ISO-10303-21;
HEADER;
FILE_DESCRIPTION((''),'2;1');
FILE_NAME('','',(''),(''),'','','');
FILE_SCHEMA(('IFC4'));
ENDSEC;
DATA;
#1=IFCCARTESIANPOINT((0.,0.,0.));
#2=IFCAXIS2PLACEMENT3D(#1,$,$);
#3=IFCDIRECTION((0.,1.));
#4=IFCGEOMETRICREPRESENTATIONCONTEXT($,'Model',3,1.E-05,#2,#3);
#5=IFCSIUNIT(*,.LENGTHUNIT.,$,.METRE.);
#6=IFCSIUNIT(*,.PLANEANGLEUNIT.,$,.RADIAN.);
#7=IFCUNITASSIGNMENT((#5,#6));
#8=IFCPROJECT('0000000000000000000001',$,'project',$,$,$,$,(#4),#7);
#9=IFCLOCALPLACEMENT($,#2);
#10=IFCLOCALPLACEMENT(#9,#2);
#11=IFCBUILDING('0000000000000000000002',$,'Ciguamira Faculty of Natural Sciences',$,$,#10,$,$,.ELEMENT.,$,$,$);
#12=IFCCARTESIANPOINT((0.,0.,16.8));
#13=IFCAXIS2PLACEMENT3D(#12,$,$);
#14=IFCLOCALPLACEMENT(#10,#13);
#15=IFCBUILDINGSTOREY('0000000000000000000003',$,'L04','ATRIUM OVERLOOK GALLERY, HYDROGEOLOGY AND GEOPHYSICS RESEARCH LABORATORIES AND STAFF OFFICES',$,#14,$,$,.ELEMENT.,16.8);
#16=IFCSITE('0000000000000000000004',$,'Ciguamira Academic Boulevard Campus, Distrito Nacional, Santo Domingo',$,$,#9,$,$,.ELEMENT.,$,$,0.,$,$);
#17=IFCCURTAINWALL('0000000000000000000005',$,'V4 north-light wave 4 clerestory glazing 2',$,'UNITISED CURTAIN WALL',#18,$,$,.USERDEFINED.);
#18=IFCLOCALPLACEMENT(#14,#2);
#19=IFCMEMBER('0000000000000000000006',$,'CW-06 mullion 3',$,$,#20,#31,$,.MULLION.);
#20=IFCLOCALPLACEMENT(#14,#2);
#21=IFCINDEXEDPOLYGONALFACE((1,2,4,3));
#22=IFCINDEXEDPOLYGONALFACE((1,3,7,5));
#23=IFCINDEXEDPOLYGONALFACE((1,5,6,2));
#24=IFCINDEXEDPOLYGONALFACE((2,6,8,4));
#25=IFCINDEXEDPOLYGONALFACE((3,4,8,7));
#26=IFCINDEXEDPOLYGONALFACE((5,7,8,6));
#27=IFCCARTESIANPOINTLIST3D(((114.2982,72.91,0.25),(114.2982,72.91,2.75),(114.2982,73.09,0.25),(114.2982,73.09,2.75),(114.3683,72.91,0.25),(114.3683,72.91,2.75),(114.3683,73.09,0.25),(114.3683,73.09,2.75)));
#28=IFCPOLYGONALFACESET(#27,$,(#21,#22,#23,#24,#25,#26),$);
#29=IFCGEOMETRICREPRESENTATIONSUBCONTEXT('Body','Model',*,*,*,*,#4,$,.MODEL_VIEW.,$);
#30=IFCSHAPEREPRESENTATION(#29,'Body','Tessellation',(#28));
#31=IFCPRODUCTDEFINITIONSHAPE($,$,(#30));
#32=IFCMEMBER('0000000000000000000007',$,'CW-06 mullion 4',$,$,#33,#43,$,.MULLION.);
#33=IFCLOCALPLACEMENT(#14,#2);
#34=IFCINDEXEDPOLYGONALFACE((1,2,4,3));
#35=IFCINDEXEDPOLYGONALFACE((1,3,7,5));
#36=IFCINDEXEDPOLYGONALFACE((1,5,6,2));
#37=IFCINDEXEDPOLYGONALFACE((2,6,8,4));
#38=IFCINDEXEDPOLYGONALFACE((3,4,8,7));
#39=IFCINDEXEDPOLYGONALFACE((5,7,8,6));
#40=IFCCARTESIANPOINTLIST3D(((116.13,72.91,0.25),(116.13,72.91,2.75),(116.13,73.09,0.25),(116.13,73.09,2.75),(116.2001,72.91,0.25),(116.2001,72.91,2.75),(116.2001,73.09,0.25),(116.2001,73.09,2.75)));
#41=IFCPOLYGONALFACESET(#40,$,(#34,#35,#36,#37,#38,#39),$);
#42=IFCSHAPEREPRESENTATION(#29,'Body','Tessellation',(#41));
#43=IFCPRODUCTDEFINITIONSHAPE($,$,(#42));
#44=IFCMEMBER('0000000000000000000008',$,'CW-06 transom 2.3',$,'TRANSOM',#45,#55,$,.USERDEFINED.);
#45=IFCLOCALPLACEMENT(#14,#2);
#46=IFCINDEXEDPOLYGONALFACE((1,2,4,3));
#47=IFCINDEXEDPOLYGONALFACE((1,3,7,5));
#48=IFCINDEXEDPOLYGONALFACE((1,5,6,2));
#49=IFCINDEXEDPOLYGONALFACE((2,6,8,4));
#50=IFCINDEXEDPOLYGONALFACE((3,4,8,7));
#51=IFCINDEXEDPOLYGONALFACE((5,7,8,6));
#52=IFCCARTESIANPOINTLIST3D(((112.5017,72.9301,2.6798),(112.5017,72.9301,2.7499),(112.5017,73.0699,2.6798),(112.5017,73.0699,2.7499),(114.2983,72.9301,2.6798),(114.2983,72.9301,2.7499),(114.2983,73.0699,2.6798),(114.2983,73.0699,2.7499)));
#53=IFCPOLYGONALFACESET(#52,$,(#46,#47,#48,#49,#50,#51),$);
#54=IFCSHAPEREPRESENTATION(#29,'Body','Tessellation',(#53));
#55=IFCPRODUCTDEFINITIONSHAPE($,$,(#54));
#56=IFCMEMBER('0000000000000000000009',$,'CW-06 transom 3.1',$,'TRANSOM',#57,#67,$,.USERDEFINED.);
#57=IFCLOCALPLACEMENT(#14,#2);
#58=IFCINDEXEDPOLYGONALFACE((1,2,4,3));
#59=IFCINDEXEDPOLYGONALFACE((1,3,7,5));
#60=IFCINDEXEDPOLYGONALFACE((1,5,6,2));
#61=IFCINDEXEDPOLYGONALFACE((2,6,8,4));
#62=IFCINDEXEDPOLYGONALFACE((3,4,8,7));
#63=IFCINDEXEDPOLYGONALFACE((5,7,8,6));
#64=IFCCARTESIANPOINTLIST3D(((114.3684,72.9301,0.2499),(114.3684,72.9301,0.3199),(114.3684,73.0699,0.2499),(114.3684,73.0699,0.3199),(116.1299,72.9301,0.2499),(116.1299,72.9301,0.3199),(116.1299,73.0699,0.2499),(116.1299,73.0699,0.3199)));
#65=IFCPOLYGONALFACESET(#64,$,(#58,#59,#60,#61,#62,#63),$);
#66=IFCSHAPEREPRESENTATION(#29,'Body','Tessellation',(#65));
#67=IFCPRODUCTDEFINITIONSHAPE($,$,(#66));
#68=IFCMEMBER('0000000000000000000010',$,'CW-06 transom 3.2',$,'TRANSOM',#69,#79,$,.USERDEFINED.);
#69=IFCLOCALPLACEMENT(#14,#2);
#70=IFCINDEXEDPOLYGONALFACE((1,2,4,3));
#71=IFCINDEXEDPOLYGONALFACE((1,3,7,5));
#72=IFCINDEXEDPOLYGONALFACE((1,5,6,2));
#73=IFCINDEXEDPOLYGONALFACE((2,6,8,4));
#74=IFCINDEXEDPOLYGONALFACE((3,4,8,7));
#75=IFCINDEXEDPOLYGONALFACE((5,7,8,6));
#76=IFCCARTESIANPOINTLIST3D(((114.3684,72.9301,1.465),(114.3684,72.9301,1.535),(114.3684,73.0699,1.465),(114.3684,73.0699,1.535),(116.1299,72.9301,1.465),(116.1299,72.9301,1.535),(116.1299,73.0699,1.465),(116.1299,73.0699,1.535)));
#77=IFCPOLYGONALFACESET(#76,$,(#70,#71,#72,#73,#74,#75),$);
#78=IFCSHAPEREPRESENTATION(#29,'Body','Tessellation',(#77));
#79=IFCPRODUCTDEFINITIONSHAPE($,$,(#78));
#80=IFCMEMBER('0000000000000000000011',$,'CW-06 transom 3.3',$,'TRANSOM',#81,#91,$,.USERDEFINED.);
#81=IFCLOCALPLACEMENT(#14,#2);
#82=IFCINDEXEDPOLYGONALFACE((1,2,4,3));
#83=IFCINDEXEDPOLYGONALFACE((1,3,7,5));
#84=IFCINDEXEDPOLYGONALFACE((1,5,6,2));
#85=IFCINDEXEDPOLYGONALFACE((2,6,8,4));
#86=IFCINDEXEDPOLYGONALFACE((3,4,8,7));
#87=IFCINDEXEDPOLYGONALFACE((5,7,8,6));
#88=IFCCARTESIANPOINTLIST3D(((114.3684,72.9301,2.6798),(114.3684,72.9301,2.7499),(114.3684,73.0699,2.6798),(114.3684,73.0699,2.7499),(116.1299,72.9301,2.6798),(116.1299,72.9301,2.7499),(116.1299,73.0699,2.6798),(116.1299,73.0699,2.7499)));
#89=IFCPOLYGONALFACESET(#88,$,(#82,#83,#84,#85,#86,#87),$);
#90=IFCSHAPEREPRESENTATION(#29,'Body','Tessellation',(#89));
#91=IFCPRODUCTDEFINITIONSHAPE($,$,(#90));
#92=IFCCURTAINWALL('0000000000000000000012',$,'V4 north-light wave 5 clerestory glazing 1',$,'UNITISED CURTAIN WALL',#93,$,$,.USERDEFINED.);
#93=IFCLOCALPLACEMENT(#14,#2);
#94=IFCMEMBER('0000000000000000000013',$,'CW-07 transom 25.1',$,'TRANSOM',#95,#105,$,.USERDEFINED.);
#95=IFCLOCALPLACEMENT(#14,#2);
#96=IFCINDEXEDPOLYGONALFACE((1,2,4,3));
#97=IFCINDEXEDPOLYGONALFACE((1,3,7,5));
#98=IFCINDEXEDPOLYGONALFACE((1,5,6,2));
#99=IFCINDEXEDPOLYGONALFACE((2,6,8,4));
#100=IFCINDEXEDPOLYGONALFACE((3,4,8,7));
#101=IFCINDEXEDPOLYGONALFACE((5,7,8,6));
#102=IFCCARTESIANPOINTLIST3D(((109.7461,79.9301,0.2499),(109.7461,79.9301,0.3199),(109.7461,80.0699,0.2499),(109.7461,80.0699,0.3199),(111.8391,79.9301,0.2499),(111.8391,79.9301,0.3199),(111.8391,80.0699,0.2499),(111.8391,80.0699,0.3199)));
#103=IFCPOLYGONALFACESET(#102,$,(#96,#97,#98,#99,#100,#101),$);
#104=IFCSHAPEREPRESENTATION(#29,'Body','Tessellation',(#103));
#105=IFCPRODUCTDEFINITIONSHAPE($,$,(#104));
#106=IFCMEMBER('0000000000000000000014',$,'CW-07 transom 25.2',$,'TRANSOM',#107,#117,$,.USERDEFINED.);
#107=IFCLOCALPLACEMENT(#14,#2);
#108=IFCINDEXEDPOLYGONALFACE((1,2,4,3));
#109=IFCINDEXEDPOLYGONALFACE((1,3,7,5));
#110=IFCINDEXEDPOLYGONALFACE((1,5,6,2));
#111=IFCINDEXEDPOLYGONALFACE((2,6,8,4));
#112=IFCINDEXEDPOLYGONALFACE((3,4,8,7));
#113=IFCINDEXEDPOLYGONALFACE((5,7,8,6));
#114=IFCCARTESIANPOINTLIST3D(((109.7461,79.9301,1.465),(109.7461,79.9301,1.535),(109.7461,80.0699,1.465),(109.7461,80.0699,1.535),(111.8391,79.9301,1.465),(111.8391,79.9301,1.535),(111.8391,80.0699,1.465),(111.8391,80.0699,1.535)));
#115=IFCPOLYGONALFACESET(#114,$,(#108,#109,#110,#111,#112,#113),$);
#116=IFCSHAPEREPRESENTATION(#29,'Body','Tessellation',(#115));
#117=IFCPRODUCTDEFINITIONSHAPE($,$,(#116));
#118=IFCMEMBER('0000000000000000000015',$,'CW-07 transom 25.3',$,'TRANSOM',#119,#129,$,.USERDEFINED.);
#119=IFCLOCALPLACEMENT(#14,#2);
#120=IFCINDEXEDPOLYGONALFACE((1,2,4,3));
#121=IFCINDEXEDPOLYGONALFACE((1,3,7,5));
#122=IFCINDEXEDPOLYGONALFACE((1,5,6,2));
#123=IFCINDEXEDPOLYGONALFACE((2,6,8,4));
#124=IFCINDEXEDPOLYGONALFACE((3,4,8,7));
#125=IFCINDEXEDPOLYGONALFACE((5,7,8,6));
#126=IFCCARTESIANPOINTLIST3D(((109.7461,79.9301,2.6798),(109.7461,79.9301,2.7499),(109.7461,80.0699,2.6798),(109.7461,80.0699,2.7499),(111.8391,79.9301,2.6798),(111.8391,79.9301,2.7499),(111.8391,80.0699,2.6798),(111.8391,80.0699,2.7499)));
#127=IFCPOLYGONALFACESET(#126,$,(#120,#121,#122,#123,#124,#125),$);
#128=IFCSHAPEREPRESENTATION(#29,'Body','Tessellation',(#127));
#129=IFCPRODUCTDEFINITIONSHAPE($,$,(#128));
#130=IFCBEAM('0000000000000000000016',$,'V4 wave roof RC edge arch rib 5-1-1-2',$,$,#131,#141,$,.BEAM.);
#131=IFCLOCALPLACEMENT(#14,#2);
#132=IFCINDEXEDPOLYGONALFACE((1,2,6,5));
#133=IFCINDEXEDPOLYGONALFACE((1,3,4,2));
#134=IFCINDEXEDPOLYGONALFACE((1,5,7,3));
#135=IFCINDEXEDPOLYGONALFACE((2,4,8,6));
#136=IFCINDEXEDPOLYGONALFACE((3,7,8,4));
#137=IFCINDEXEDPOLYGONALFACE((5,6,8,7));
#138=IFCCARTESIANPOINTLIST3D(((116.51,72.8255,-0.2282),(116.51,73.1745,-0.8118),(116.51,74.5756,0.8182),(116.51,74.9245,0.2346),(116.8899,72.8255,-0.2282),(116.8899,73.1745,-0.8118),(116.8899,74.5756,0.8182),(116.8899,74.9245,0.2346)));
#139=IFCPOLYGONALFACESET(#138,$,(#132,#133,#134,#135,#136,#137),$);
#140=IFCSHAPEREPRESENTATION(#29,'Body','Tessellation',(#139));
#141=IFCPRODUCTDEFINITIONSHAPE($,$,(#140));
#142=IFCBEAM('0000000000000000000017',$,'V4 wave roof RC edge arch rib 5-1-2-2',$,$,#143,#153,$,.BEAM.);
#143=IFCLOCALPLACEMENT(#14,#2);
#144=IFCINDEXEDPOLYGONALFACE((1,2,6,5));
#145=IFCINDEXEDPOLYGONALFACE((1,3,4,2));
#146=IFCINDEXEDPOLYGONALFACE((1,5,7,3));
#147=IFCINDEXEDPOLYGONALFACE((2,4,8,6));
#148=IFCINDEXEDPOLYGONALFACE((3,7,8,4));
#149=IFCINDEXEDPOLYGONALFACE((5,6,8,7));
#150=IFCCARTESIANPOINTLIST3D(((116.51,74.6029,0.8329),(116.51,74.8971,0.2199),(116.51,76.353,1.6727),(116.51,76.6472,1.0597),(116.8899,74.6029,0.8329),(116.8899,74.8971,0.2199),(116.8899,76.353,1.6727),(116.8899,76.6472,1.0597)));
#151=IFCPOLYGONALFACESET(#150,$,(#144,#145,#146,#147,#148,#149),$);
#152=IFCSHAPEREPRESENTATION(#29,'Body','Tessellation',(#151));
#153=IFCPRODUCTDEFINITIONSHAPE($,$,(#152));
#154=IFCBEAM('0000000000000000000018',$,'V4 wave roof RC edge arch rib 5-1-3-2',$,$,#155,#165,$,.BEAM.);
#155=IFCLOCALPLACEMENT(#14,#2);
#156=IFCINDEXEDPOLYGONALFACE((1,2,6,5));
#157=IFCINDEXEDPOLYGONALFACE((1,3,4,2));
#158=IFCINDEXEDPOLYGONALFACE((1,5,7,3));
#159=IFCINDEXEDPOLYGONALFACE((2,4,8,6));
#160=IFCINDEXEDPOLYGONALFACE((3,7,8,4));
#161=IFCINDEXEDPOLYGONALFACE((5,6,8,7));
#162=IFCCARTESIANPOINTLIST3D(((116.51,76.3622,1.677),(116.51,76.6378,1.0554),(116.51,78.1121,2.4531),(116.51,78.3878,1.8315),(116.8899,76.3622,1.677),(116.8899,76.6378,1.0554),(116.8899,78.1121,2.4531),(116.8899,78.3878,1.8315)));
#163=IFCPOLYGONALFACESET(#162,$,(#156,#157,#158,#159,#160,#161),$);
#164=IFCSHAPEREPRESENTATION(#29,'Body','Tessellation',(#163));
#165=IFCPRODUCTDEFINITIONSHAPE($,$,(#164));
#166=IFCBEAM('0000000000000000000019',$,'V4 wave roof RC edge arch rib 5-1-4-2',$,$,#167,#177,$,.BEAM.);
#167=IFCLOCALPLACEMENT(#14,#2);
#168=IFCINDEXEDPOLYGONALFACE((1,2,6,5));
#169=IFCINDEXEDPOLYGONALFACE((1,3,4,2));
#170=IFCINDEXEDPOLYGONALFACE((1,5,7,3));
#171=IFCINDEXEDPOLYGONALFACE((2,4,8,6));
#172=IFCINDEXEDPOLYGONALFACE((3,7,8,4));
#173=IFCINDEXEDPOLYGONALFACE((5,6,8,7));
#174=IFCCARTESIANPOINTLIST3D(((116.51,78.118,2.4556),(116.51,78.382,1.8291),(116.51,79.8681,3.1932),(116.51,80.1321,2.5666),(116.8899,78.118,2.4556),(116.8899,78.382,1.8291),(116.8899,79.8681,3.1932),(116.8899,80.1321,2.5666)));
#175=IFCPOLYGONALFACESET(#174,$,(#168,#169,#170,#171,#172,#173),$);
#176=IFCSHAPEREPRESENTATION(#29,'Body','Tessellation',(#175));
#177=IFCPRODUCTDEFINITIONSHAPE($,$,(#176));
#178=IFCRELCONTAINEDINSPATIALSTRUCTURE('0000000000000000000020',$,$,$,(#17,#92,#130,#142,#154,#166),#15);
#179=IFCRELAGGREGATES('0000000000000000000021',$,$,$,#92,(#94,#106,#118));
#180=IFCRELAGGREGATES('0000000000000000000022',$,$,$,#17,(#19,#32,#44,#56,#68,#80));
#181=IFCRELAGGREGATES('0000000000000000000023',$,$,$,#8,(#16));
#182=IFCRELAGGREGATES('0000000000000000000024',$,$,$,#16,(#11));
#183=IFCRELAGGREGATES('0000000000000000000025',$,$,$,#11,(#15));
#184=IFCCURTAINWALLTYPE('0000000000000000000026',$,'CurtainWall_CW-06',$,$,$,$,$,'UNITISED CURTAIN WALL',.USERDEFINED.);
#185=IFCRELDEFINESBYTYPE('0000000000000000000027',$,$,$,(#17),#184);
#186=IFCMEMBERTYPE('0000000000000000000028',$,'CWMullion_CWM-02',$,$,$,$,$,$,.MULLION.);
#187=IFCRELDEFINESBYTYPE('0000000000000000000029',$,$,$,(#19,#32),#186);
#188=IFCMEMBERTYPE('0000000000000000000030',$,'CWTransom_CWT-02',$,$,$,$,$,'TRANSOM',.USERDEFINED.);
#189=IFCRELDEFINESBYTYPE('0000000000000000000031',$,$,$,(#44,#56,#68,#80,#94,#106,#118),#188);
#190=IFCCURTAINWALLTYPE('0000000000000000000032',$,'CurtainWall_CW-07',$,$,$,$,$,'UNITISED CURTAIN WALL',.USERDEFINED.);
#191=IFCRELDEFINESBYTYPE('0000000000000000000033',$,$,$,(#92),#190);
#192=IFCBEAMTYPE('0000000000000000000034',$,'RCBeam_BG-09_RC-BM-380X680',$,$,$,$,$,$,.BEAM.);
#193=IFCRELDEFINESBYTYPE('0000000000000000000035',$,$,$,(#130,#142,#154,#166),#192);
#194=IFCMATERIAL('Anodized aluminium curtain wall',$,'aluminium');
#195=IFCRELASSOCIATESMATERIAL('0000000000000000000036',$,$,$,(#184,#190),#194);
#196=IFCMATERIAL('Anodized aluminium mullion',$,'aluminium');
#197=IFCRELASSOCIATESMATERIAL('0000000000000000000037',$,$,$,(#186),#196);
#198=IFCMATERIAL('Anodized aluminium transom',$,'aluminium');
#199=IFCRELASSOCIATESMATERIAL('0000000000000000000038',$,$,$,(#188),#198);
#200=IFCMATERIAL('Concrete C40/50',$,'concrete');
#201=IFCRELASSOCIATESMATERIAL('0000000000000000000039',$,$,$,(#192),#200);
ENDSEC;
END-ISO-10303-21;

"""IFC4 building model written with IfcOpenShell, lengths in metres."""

from ifc_helpers import new_model, si_unit, direction, frame, origin, origin_2d, place, context, subcontext, project, spatial, rectangle, extrude, material, material_profile, profile_set, type_object, element, aggregate, save


model = new_model("IFC4")

# Units and contexts
model_context = context("Model", 3, precision=1e-05, world=origin(), true_north=direction((0.0, 1.0)))
body_context = subcontext(model_context, "Body", "Model", "MODEL_VIEW")
ifc_project = project(units=[si_unit("LENGTHUNIT", "METRE"), si_unit("PLANEANGLEUNIT", "RADIAN")], contexts=[model_context])

# Site, building, storey
site_placement = place(None, origin())
site = spatial("IfcSite", under=ifc_project, at=site_placement, Name="Ciguamira Academic Boulevard Campus, Distrito Nacional, Santo Domingo", CompositionType="ELEMENT", RefElevation=0.0)
building_placement = place(site_placement, origin())
building = spatial("IfcBuilding", under=site, at=building_placement, Name="Ciguamira Faculty of Natural Sciences", CompositionType="ELEMENT")
storey_placement = place(building_placement, frame((0.0, 0.0, 16.8)))
storey = spatial("IfcBuildingStorey", under=building, at=storey_placement, Name="L04", Description="ATRIUM OVERLOOK GALLERY, HYDROGEOLOGY AND GEOPHYSICS RESEARCH LABORATORIES AND STAFF OFFICES", CompositionType="ELEMENT", Elevation=16.8)

# Curtain walls, members
ifc_material_1 = material(Name="Anodized aluminium curtain wall", Category="aluminium")
curtain_wall_type_1 = type_object("IfcCurtainWallType", Name="CurtainWall_CW-06", ElementType="UNITISED CURTAIN WALL", PredefinedType="USERDEFINED", material=ifc_material_1)
curtain_wall_1_placement = place(storey_placement, origin())
curtain_wall_1 = element("IfcCurtainWall", 1, at=curtain_wall_1_placement, inside=storey, type_object=curtain_wall_type_1, Name="V4 north-light wave 4 clerestory glazing 2", ObjectType="UNITISED CURTAIN WALL", PredefinedType="USERDEFINED")
ifc_material_2 = material(Name="Anodized aluminium mullion", Category="aluminium")
ifc_material_profile_1 = material_profile(ifc_material_2, rectangle(XDim=0.0701, YDim=0.1799, at=origin_2d()), Name="ALU-MUL-70X180")
ifc_profile_set_1 = profile_set([ifc_material_profile_1], Name="Anodized aluminium mullion")
member_type_1 = type_object("IfcMemberType", Name="CWMullion_CWM-02", PredefinedType="MULLION", material=ifc_profile_set_1)
member_1_placement = place(storey_placement, frame((114.3333, 73.0, 0.25), z_axis=(0.0, 0.0, 1.0), x_axis=(1.0, 0.0, 0.0)))
member_1 = element("IfcMember", 2, at=member_1_placement, type_object=member_type_1, Name="CW-06 mullion 3", PredefinedType="MULLION", context=body_context, shape_type="SweptSolid", body=[
    extrude(rectangle(XDim=0.0701, YDim=0.1799, at=origin_2d()), origin(), (0.0, 0.0, 1.0), 2.5),
])
member_2_placement = place(storey_placement, frame((116.165, 73.0, 0.25), z_axis=(0.0, 0.0, 1.0), x_axis=(1.0, 0.0, 0.0)))
member_2 = element("IfcMember", 3, at=member_2_placement, type_object=member_type_1, Name="CW-06 mullion 4", PredefinedType="MULLION", context=body_context, shape_type="SweptSolid", body=[
    extrude(rectangle(XDim=0.0701, YDim=0.1799, at=origin_2d()), origin(), (0.0, 0.0, 1.0), 2.5),
])
ifc_material_3 = material(Name="Anodized aluminium transom", Category="aluminium")
ifc_material_profile_2 = material_profile(ifc_material_3, rectangle(XDim=0.0701, YDim=0.1399, at=origin_2d()), Name="ALU-TRN-70X140")
ifc_profile_set_2 = profile_set([ifc_material_profile_2], Name="Anodized aluminium transom")
member_type_2 = type_object("IfcMemberType", Name="CWTransom_CWT-02", ElementType="TRANSOM", PredefinedType="USERDEFINED", material=ifc_profile_set_2)
member_3_placement = place(storey_placement, frame((112.5017, 73.0, 2.7148), z_axis=(1.0, 0.0, 0.0), x_axis=(0.0, 0.0, 1.0)))
member_3 = element("IfcMember", 4, at=member_3_placement, type_object=member_type_2, Name="CW-06 transom 2.3", ObjectType="TRANSOM", PredefinedType="USERDEFINED", context=body_context, shape_type="SweptSolid", body=[
    extrude(rectangle(XDim=0.0701, YDim=0.1399, at=origin_2d()), origin(), (0.0, 0.0, 1.0), 1.7966),
])
member_4_placement = place(storey_placement, frame((114.3684, 73.0, 0.2849), z_axis=(1.0, 0.0, 0.0), x_axis=(0.0, 0.0, 1.0)))
member_4 = element("IfcMember", 5, at=member_4_placement, type_object=member_type_2, Name="CW-06 transom 3.1", ObjectType="TRANSOM", PredefinedType="USERDEFINED", context=body_context, shape_type="SweptSolid", body=[
    extrude(rectangle(XDim=0.0701, YDim=0.1399, at=origin_2d()), origin(), (0.0, 0.0, 1.0), 1.7615),
])
member_5_placement = place(storey_placement, frame((114.3684, 73.0, 1.5), z_axis=(1.0, 0.0, 0.0), x_axis=(0.0, 0.0, 1.0)))
member_5 = element("IfcMember", 6, at=member_5_placement, type_object=member_type_2, Name="CW-06 transom 3.2", ObjectType="TRANSOM", PredefinedType="USERDEFINED", context=body_context, shape_type="SweptSolid", body=[
    extrude(rectangle(XDim=0.0701, YDim=0.1399, at=origin_2d()), origin(), (0.0, 0.0, 1.0), 1.7615),
])
member_6_placement = place(storey_placement, frame((114.3684, 73.0, 2.7148), z_axis=(1.0, 0.0, 0.0), x_axis=(0.0, 0.0, 1.0)))
member_6 = element("IfcMember", 7, at=member_6_placement, type_object=member_type_2, Name="CW-06 transom 3.3", ObjectType="TRANSOM", PredefinedType="USERDEFINED", context=body_context, shape_type="SweptSolid", body=[
    extrude(rectangle(XDim=0.0701, YDim=0.1399, at=origin_2d()), origin(), (0.0, 0.0, 1.0), 1.7615),
])
curtain_wall_type_2 = type_object("IfcCurtainWallType", Name="CurtainWall_CW-07", ElementType="UNITISED CURTAIN WALL", PredefinedType="USERDEFINED", material=ifc_material_1)
curtain_wall_2_placement = place(storey_placement, origin())
curtain_wall_2 = element("IfcCurtainWall", 8, at=curtain_wall_2_placement, inside=storey, type_object=curtain_wall_type_2, Name="V4 north-light wave 5 clerestory glazing 1", ObjectType="UNITISED CURTAIN WALL", PredefinedType="USERDEFINED")
member_7_placement = place(storey_placement, frame((109.7461, 80.0, 0.2849), z_axis=(1.0, 0.0, 0.0), x_axis=(0.0, 0.0, 1.0)))
member_7 = element("IfcMember", 9, at=member_7_placement, type_object=member_type_2, Name="CW-07 transom 25.1", ObjectType="TRANSOM", PredefinedType="USERDEFINED", context=body_context, shape_type="SweptSolid", body=[
    extrude(rectangle(XDim=0.0701, YDim=0.1399, at=origin_2d()), origin(), (0.0, 0.0, 1.0), 2.093),
])
member_8_placement = place(storey_placement, frame((109.7461, 80.0, 1.5), z_axis=(1.0, 0.0, 0.0), x_axis=(0.0, 0.0, 1.0)))
member_8 = element("IfcMember", 10, at=member_8_placement, type_object=member_type_2, Name="CW-07 transom 25.2", ObjectType="TRANSOM", PredefinedType="USERDEFINED", context=body_context, shape_type="SweptSolid", body=[
    extrude(rectangle(XDim=0.0701, YDim=0.1399, at=origin_2d()), origin(), (0.0, 0.0, 1.0), 2.093),
])
member_9_placement = place(storey_placement, frame((109.7461, 80.0, 2.7148), z_axis=(1.0, 0.0, 0.0), x_axis=(0.0, 0.0, 1.0)))
member_9 = element("IfcMember", 11, at=member_9_placement, type_object=member_type_2, Name="CW-07 transom 25.3", ObjectType="TRANSOM", PredefinedType="USERDEFINED", context=body_context, shape_type="SweptSolid", body=[
    extrude(rectangle(XDim=0.0701, YDim=0.1399, at=origin_2d()), origin(), (0.0, 0.0, 1.0), 2.093),
])
aggregate(curtain_wall_2, [member_7, member_8, member_9])

# Beams
ifc_material_4 = material(Name="Concrete C40/50", Category="concrete")
ifc_material_profile_3 = material_profile(ifc_material_4, rectangle(XDim=0.3799, YDim=0.6799, at=origin_2d()), Name="RC-BM-380X680")
ifc_profile_set_3 = profile_set([ifc_material_profile_3], Name="Concrete C40/50")
beam_type = type_object("IfcBeamType", Name="RCBeam_BG-09_RC-BM-380X680", PredefinedType="BEAM", material=ifc_profile_set_3)
beam_1_placement = place(storey_placement, frame((116.7, 73.0, -0.52), z_axis=(0.0, 0.858274, 0.513192), x_axis=(-1.0, 0.0, 0.0)))
element("IfcBeam", 12, at=beam_1_placement, inside=storey, type_object=beam_type, Name="V4 wave roof RC edge arch rib 5-1-1-2", PredefinedType="BEAM", context=body_context, shape_type="SweptSolid", body=[
    extrude(rectangle(XDim=0.3799, YDim=0.6799, at=origin_2d()), origin(), (0.0, 0.0, 1.0), 2.0391),
])
beam_2_placement = place(storey_placement, frame((116.7, 74.75, 0.5264), z_axis=(0.0, 0.901554, 0.432666), x_axis=(-1.0, 0.0, 0.0)))
element("IfcBeam", 13, at=beam_2_placement, inside=storey, type_object=beam_type, Name="V4 wave roof RC edge arch rib 5-1-2-2", PredefinedType="BEAM", context=body_context, shape_type="SweptSolid", body=[
    extrude(rectangle(XDim=0.3799, YDim=0.6799, at=origin_2d()), origin(), (0.0, 0.0, 1.0), 1.9412),
])
beam_3_placement = place(storey_placement, frame((116.7, 76.5, 1.3662), z_axis=(0.0, 0.914132, 0.405417), x_axis=(-1.0, 0.0, 0.0)))
element("IfcBeam", 14, at=beam_3_placement, inside=storey, type_object=beam_type, Name="V4 wave roof RC edge arch rib 5-1-3-2", PredefinedType="BEAM", context=body_context, shape_type="SweptSolid", body=[
    extrude(rectangle(XDim=0.3799, YDim=0.6799, at=origin_2d()), origin(), (0.0, 0.0, 1.0), 1.9143),
])
beam_4_placement = place(storey_placement, frame((116.7, 78.25, 2.1423), z_axis=(0.0, 0.921502, 0.388373), x_axis=(-1.0, 0.0, 0.0)))
element("IfcBeam", 15, at=beam_4_placement, inside=storey, type_object=beam_type, Name="V4 wave roof RC edge arch rib 5-1-4-2", PredefinedType="BEAM", context=body_context, shape_type="SweptSolid", body=[
    extrude(rectangle(XDim=0.3799, YDim=0.6799, at=origin_2d()), origin(), (0.0, 0.0, 1.0), 1.8992),
])

aggregate(curtain_wall_1, [member_1, member_2, member_3, member_4, member_5, member_6])

save(model, "model.ifc")
